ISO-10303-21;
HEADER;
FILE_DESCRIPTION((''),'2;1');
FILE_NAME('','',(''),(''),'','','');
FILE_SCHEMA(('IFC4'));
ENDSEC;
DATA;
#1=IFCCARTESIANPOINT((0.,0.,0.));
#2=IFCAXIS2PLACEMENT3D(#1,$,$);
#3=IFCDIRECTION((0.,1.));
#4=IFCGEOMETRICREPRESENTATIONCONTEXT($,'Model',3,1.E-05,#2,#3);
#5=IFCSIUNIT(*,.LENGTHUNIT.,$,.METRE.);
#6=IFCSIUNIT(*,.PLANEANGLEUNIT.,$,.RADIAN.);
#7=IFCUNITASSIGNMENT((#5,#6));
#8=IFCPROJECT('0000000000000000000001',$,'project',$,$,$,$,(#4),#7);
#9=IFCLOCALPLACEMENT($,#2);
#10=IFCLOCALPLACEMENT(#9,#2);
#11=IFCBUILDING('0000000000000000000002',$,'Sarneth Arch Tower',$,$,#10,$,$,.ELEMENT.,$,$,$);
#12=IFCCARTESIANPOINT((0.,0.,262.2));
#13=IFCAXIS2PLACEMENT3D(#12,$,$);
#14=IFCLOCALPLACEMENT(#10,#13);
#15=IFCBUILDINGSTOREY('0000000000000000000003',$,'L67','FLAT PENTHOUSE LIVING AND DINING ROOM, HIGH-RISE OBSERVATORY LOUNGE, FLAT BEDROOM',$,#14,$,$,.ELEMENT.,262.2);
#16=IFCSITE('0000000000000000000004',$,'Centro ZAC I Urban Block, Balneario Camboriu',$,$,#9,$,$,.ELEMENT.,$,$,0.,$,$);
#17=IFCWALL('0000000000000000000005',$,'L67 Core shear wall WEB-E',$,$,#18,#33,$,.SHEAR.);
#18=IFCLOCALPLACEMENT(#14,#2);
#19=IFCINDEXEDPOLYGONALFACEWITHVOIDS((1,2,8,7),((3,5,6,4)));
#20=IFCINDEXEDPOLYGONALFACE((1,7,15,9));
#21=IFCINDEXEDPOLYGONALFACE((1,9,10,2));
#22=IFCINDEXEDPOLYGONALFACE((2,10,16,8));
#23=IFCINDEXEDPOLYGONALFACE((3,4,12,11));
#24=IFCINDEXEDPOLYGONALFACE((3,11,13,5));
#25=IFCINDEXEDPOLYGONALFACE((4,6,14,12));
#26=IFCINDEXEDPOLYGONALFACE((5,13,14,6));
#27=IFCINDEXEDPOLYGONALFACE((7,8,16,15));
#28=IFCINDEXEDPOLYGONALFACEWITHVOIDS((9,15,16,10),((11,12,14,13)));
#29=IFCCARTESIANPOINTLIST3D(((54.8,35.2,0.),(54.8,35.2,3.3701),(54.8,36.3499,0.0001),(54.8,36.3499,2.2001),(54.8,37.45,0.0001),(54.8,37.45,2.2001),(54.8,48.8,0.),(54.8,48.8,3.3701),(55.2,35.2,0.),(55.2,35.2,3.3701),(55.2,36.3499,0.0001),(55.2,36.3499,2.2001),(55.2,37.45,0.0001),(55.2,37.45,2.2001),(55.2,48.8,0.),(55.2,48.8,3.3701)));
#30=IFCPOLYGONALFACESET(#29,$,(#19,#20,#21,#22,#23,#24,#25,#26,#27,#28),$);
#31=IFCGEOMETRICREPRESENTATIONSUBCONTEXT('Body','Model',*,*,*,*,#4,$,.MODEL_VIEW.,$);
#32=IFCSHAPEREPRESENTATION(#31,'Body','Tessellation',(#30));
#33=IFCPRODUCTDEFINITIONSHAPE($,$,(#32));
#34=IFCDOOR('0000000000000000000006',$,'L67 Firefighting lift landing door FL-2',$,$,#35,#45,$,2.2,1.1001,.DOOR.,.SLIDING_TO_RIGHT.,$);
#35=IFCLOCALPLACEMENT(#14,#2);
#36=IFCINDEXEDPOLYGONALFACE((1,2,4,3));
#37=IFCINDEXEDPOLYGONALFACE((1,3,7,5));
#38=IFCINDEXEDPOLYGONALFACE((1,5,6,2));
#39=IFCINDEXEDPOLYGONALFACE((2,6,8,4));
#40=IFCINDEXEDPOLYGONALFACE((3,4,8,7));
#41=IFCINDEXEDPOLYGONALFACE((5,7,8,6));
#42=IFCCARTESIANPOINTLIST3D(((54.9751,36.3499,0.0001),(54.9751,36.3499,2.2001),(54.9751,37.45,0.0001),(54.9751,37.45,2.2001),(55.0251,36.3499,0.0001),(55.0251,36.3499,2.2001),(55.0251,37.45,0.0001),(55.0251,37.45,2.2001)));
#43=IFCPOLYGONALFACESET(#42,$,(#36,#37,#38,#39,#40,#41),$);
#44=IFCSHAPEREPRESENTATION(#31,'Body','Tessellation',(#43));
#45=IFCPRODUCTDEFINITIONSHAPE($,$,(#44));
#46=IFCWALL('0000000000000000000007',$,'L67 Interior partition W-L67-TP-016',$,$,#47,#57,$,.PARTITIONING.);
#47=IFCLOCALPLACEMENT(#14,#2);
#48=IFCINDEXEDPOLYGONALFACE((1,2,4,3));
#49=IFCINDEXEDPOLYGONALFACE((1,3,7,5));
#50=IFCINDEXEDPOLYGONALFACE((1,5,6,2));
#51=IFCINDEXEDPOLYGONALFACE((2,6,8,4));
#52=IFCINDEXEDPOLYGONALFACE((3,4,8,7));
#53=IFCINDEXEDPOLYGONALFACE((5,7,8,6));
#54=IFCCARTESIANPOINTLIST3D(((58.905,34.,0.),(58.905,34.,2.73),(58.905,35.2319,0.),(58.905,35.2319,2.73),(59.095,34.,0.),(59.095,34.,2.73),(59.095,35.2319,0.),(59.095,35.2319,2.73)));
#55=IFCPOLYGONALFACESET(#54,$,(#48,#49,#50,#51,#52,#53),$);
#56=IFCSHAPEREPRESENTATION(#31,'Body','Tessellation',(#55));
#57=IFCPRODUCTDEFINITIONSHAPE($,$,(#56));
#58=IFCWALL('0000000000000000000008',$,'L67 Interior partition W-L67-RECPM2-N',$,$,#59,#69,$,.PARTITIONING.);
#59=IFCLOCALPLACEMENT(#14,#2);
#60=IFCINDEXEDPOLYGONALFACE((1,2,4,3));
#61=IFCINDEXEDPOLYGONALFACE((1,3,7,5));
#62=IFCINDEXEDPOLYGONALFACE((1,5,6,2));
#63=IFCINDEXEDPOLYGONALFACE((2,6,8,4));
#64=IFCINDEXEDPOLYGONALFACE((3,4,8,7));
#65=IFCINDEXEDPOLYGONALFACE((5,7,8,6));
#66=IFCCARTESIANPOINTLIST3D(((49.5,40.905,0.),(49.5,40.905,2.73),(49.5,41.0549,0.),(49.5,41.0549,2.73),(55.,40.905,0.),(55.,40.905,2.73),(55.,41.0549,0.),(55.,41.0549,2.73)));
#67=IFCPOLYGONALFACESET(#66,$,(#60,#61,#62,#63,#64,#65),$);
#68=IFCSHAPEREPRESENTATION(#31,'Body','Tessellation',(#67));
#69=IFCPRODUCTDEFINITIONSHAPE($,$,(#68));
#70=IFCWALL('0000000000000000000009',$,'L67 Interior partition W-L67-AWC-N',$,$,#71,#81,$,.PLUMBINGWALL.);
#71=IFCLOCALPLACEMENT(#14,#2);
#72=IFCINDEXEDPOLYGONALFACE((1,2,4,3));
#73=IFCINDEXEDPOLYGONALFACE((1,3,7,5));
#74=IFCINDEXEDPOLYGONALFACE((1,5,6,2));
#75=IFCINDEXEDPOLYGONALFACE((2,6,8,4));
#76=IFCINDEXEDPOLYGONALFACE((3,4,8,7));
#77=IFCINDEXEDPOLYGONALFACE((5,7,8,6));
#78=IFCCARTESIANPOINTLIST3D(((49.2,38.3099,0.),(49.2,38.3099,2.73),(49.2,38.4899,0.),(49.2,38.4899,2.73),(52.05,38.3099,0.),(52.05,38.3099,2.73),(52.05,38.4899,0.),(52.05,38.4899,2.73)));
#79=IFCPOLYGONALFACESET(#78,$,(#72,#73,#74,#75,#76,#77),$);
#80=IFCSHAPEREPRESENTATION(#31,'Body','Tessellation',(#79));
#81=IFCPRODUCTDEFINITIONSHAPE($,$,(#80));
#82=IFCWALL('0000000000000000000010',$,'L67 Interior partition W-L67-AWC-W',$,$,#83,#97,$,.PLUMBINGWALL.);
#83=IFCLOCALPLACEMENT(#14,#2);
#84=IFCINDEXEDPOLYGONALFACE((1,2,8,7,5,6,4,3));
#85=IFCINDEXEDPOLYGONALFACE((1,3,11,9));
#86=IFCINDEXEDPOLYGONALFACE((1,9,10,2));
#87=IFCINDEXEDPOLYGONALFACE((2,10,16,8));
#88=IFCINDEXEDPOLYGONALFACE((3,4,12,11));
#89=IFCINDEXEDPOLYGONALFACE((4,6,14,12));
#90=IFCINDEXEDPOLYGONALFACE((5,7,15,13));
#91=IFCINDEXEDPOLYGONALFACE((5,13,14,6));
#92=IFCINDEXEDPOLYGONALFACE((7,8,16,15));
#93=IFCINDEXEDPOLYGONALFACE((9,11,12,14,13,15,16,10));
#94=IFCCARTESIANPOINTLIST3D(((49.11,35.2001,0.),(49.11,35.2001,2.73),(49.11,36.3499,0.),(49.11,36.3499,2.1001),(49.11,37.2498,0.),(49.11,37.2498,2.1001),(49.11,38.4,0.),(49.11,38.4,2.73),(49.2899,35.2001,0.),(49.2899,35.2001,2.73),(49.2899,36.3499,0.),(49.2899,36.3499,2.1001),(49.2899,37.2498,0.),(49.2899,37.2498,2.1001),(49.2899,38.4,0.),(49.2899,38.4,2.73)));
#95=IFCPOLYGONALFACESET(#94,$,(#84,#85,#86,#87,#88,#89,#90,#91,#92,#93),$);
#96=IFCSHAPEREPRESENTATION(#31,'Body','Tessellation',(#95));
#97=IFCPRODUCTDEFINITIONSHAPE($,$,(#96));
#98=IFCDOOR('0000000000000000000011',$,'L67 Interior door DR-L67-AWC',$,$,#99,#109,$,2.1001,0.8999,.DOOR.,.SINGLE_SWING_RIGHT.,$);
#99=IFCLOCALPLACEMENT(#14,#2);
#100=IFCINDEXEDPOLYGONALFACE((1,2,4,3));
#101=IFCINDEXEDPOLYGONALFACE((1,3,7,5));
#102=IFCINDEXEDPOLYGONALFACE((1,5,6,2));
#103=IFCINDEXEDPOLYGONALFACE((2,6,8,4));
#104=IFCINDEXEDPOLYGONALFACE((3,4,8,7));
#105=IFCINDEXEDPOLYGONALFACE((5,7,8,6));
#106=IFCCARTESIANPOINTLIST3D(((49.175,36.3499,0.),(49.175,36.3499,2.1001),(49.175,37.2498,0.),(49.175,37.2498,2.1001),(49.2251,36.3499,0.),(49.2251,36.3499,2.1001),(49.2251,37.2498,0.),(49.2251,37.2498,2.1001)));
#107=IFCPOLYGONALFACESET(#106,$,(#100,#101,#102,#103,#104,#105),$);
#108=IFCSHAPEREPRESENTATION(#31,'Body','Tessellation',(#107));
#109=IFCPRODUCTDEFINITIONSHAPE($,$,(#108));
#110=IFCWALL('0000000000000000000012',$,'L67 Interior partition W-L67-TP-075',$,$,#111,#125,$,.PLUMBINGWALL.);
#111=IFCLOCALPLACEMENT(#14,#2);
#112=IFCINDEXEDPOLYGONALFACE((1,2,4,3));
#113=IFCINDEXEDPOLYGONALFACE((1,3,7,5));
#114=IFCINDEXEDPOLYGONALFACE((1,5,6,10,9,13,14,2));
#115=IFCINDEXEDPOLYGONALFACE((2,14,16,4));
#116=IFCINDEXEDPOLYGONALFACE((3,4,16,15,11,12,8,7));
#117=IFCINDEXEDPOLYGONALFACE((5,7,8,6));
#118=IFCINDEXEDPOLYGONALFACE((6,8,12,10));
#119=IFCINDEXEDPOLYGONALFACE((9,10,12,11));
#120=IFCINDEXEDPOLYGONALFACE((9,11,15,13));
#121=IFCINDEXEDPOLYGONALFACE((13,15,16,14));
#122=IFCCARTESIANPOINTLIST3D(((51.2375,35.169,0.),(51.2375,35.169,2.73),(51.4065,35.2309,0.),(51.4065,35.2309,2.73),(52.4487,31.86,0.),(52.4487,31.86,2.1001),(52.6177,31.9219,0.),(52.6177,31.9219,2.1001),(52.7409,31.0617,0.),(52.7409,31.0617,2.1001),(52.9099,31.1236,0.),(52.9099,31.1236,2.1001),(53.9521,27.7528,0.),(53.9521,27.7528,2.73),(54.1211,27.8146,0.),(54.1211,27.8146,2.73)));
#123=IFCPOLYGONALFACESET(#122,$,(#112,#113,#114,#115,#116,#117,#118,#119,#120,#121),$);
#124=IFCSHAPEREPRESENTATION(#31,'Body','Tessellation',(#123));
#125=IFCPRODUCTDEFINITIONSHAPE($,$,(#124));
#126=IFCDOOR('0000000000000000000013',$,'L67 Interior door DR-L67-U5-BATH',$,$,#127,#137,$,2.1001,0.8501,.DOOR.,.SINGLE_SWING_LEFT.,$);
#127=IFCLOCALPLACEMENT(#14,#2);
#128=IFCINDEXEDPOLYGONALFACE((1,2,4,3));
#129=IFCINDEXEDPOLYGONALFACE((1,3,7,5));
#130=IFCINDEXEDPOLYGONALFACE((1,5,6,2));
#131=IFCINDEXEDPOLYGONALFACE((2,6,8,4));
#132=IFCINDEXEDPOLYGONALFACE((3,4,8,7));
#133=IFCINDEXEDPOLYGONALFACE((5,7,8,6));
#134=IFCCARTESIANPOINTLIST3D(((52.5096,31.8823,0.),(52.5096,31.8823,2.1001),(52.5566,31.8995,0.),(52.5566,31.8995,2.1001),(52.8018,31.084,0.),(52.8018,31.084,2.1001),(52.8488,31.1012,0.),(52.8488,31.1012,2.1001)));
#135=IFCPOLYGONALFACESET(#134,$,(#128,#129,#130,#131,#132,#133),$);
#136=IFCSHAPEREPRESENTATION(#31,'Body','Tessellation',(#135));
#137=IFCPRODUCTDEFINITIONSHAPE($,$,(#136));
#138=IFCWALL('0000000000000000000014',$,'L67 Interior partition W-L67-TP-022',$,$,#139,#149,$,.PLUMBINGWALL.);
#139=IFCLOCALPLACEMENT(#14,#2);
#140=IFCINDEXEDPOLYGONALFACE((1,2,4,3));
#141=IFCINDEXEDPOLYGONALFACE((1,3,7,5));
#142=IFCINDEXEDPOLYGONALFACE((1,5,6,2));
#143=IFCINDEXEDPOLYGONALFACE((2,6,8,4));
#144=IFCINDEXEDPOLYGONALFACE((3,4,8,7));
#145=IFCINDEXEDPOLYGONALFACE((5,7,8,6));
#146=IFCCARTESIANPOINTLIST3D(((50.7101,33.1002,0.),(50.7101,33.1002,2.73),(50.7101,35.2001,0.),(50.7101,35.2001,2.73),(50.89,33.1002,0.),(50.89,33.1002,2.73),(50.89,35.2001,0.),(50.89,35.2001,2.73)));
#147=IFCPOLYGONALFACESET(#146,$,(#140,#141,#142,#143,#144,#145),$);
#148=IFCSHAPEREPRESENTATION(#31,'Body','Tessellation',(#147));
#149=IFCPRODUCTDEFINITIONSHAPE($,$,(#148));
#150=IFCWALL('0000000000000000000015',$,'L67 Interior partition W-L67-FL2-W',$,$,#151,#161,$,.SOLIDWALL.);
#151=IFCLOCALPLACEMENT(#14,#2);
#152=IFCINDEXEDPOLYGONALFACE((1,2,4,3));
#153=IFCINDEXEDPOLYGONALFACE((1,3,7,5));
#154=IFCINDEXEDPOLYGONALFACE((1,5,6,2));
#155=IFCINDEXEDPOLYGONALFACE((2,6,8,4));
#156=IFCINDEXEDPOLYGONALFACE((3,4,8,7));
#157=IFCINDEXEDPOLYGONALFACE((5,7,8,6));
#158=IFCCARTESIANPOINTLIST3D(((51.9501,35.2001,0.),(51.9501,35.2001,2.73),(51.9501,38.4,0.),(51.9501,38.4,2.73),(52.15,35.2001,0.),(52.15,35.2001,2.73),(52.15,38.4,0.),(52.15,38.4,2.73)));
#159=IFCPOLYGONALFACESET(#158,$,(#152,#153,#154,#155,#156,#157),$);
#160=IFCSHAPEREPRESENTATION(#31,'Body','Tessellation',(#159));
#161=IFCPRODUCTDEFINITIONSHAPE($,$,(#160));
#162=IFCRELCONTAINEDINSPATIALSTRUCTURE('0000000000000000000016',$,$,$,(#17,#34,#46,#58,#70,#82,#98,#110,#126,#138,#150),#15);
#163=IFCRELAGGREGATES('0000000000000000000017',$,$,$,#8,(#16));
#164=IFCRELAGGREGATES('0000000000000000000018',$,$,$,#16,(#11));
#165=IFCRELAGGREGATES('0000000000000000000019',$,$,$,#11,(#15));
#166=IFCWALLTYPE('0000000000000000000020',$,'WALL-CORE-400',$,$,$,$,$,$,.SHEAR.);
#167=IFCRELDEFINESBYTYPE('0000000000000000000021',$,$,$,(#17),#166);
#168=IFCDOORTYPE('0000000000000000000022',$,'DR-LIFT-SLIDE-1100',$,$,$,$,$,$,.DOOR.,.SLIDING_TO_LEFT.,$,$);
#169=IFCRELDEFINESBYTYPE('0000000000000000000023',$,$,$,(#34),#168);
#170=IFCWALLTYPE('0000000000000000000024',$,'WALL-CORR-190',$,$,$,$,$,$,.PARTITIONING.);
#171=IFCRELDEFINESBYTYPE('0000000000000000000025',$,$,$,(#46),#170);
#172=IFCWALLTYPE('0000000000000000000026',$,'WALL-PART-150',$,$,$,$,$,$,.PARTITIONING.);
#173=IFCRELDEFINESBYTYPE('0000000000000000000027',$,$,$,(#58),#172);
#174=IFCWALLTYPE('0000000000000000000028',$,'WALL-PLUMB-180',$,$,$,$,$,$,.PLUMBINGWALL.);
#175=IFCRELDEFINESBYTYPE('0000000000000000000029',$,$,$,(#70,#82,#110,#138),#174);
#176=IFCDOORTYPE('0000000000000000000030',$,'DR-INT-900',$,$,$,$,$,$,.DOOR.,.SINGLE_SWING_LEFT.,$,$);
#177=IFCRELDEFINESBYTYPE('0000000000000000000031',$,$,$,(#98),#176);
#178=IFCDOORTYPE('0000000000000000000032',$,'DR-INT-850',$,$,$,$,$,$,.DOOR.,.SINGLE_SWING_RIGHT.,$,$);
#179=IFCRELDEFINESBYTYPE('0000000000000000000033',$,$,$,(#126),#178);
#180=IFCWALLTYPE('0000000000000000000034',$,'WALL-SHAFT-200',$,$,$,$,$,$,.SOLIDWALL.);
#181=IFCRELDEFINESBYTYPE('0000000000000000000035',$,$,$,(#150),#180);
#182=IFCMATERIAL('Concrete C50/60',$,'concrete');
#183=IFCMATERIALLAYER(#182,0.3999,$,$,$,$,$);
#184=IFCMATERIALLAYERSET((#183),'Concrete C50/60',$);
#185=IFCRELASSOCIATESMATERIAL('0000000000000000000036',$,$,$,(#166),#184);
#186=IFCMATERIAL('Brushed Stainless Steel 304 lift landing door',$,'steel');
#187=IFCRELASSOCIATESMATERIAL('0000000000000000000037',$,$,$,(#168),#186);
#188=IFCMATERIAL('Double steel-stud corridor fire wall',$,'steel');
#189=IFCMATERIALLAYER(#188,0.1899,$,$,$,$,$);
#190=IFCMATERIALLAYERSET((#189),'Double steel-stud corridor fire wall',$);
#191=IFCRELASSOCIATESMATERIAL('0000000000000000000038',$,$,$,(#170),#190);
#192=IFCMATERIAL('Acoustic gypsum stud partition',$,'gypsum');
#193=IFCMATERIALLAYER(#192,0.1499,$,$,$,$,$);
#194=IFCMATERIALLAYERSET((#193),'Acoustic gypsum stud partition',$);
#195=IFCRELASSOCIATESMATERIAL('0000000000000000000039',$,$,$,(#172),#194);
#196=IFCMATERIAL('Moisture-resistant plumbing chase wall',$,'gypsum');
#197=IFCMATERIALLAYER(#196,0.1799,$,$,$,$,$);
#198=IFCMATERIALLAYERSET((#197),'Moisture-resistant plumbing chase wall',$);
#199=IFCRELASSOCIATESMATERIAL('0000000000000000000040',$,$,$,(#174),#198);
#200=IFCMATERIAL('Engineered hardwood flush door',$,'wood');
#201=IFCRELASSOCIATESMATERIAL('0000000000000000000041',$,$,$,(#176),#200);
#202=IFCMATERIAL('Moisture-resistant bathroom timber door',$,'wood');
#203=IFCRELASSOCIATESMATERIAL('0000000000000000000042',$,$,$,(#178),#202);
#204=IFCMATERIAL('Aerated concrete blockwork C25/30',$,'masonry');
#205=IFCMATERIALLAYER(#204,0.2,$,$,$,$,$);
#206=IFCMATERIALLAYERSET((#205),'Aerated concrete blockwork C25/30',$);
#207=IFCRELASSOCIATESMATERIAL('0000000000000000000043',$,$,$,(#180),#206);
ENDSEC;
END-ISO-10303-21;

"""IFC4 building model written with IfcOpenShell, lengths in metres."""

from ifc_helpers import new_model, si_unit, direction, frame, frame_2d, origin, place, context, subcontext, project, spatial, rectangle, extrude, material, layer, layer_set, type_object, element, fill, save


model = new_model("IFC4")

# Units and contexts
model_context = context("Model", 3, precision=1e-05, world=origin(), true_north=direction((0.0, 1.0)))
body_context = subcontext(model_context, "Body", "Model", "MODEL_VIEW")
ifc_project = project(units=[si_unit("LENGTHUNIT", "METRE"), si_unit("PLANEANGLEUNIT", "RADIAN")], contexts=[model_context])

# Site, building, storey
site_placement = place(None, origin())
site = spatial("IfcSite", under=ifc_project, at=site_placement, Name="Centro ZAC I Urban Block, Balneario Camboriu", CompositionType="ELEMENT", RefElevation=0.0)
building_placement = place(site_placement, origin())
building = spatial("IfcBuilding", under=site, at=building_placement, Name="Sarneth Arch Tower", CompositionType="ELEMENT")
storey_placement = place(building_placement, frame((0.0, 0.0, 262.2)))
storey = spatial("IfcBuildingStorey", under=building, at=storey_placement, Name="L67", Description="FLAT PENTHOUSE LIVING AND DINING ROOM, HIGH-RISE OBSERVATORY LOUNGE, FLAT BEDROOM", CompositionType="ELEMENT", Elevation=262.2)

# Shared definitions
ifc_material_1 = material(Name="Concrete C50/60", Category="concrete")
ifc_layer_1 = layer(ifc_material_1, 0.3999)
ifc_layer_set_1 = layer_set([ifc_layer_1], Name="Concrete C50/60")
wall_type_1 = type_object("IfcWallType", Name="WALL-CORE-400", PredefinedType="SHEAR", material=ifc_layer_set_1)

# Wall, opening, door
wall_1_placement = place(storey_placement, frame((55.0, 35.2, 0.0), z_axis=(0.0, 0.0, 1.0), x_axis=(0.0, 1.0, 0.0)))
wall_1 = element("IfcWall", 1, at=wall_1_placement, inside=storey, type_object=wall_type_1, Name="L67 Core shear wall WEB-E", PredefinedType="SHEAR", context=body_context, shape_type="SweptSolid", body=[
    extrude(rectangle(XDim=13.6001, YDim=0.3999, at=frame_2d((6.8, 0.0))), origin(), (0.0, 0.0, 1.0), 3.3701),
])
opening_1_placement = place(wall_1_placement, frame((1.1499, 0.0, 0.0)))
opening_1 = element("IfcOpeningElement", 2, at=opening_1_placement, cuts=wall_1, PredefinedType="OPENING", context=body_context, shape_type="SweptSolid", body=[
    extrude(rectangle(XDim=1.1001, YDim=2.2, at=frame_2d((0.55, 1.1001))), frame((0.0, 0.21, 0.0), z_axis=(0.0, -1.0, 0.0), x_axis=(1.0, 0.0, 0.0)), (0.0, 0.0, 1.0), 0.4199),
])
ifc_material_2 = material(Name="Brushed Stainless Steel 304 lift landing door", Category="steel")
door_type_1 = type_object("IfcDoorType", Name="DR-LIFT-SLIDE-1100", OperationType="SLIDING_TO_LEFT", PredefinedType="DOOR", material=ifc_material_2)
door_1_placement = place(opening_1_placement, origin())
door_1 = element("IfcDoor", 3, at=door_1_placement, inside=storey, type_object=door_type_1, Name="L67 Firefighting lift landing door FL-2", OperationType="SLIDING_TO_RIGHT", OverallHeight=2.2, OverallWidth=1.1001, PredefinedType="DOOR", context=body_context, shape_type="SweptSolid", body=[
    extrude(rectangle(XDim=1.1001, YDim=2.2, at=frame_2d((0.55, 1.1001))), frame((0.0, 0.0249, 0.0), z_axis=(0.0, -1.0, 0.0), x_axis=(1.0, 0.0, 0.0)), (0.0, 0.0, 1.0), 0.05),
])
fill(opening_1, door_1)

# Walls
ifc_material_3 = material(Name="Double steel-stud corridor fire wall", Category="steel")
ifc_layer_2 = layer(ifc_material_3, 0.1899)
ifc_layer_set_2 = layer_set([ifc_layer_2], Name="Double steel-stud corridor fire wall")
wall_type_2 = type_object("IfcWallType", Name="WALL-CORR-190", PredefinedType="PARTITIONING", material=ifc_layer_set_2)
wall_2_placement = place(storey_placement, frame((59.0, 34.0, 0.0), z_axis=(0.0, 0.0, 1.0), x_axis=(0.0, 1.0, 0.0)))
element("IfcWall", 4, at=wall_2_placement, inside=storey, type_object=wall_type_2, Name="L67 Interior partition W-L67-TP-016", PredefinedType="PARTITIONING", context=body_context, shape_type="SweptSolid", body=[
    extrude(rectangle(XDim=1.2319, YDim=0.1899, at=frame_2d((0.616, 0.0))), origin(), (0.0, 0.0, 1.0), 2.73),
])
ifc_material_4 = material(Name="Acoustic gypsum stud partition", Category="gypsum")
ifc_layer_3 = layer(ifc_material_4, 0.1499)
ifc_layer_set_3 = layer_set([ifc_layer_3], Name="Acoustic gypsum stud partition")
wall_type_3 = type_object("IfcWallType", Name="WALL-PART-150", PredefinedType="PARTITIONING", material=ifc_layer_set_3)
wall_3_placement = place(storey_placement, frame((49.5, 40.98, 0.0), z_axis=(0.0, 0.0, 1.0), x_axis=(1.0, 0.0, 0.0)))
element("IfcWall", 5, at=wall_3_placement, inside=storey, type_object=wall_type_3, Name="L67 Interior partition W-L67-RECPM2-N", PredefinedType="PARTITIONING", context=body_context, shape_type="SweptSolid", body=[
    extrude(rectangle(XDim=5.5, YDim=0.1499, at=frame_2d((2.75, 0.0))), origin(), (0.0, 0.0, 1.0), 2.73),
])

# Wall
ifc_material_5 = material(Name="Moisture-resistant plumbing chase wall", Category="gypsum")
ifc_layer_4 = layer(ifc_material_5, 0.1799)
ifc_layer_set_4 = layer_set([ifc_layer_4], Name="Moisture-resistant plumbing chase wall")
wall_type_4 = type_object("IfcWallType", Name="WALL-PLUMB-180", PredefinedType="PLUMBINGWALL", material=ifc_layer_set_4)
wall_4_placement = place(storey_placement, frame((49.2, 38.3999, 0.0), z_axis=(0.0, 0.0, 1.0), x_axis=(1.0, 0.0, 0.0)))
element("IfcWall", 6, at=wall_4_placement, inside=storey, type_object=wall_type_4, Name="L67 Interior partition W-L67-AWC-N", PredefinedType="PLUMBINGWALL", context=body_context, shape_type="SweptSolid", body=[
    extrude(rectangle(XDim=2.8501, YDim=0.1799, at=frame_2d((1.425, 0.0))), origin(), (0.0, 0.0, 1.0), 2.73),
])

# Walls, openings, doors
wall_5_placement = place(storey_placement, frame((49.2, 35.2, 0.0), z_axis=(0.0, 0.0, 1.0), x_axis=(0.0, 1.0, 0.0)))
wall_5 = element("IfcWall", 7, at=wall_5_placement, inside=storey, type_object=wall_type_4, Name="L67 Interior partition W-L67-AWC-W", PredefinedType="PLUMBINGWALL", context=body_context, shape_type="SweptSolid", body=[
    extrude(rectangle(XDim=3.2, YDim=0.1799, at=frame_2d((1.6001, 0.0))), origin(), (0.0, 0.0, 1.0), 2.73),
])
opening_2_placement = place(wall_5_placement, frame((1.1499, 0.0, 0.0)))
opening_2 = element("IfcOpeningElement", 8, at=opening_2_placement, cuts=wall_5, PredefinedType="OPENING", context=body_context, shape_type="SweptSolid", body=[
    extrude(rectangle(XDim=0.8999, YDim=2.1001, at=frame_2d((0.45, 1.05))), frame((0.0, 0.0999, 0.0), z_axis=(0.0, -1.0, 0.0), x_axis=(1.0, 0.0, 0.0)), (0.0, 0.0, 1.0), 0.2),
])
ifc_material_6 = material(Name="Engineered hardwood flush door", Category="wood")
door_type_2 = type_object("IfcDoorType", Name="DR-INT-900", OperationType="SINGLE_SWING_LEFT", PredefinedType="DOOR", material=ifc_material_6)
door_2_placement = place(opening_2_placement, origin())
door_2 = element("IfcDoor", 9, at=door_2_placement, inside=storey, type_object=door_type_2, Name="L67 Interior door DR-L67-AWC", OperationType="SINGLE_SWING_RIGHT", OverallHeight=2.1001, OverallWidth=0.8999, PredefinedType="DOOR", context=body_context, shape_type="SweptSolid", body=[
    extrude(rectangle(XDim=0.8999, YDim=2.1001, at=frame_2d((0.45, 1.05))), frame((0.0, 0.0249, 0.0), z_axis=(0.0, -1.0, 0.0), x_axis=(1.0, 0.0, 0.0)), (0.0, 0.0, 1.0), 0.05),
])
fill(opening_2, door_2)
wall_6_placement = place(storey_placement, frame((51.322, 35.2, 0.0), z_axis=(0.0, 0.0, 1.0), x_axis=(0.34373, -0.939068, 0.0)))
wall_6 = element("IfcWall", 10, at=wall_6_placement, inside=storey, type_object=wall_type_4, Name="L67 Interior partition W-L67-TP-075", PredefinedType="PLUMBINGWALL", context=body_context, shape_type="SweptSolid", body=[
    extrude(rectangle(XDim=7.8975, YDim=0.1799, at=frame_2d((3.9487, 0.0))), origin(), (0.0, 0.0, 1.0), 2.73),
])
opening_3_placement = place(wall_6_placement, frame((3.5237, 0.0, 0.0)))
opening_3 = element("IfcOpeningElement", 11, at=opening_3_placement, cuts=wall_6, PredefinedType="OPENING", context=body_context, shape_type="SweptSolid", body=[
    extrude(rectangle(XDim=0.8501, YDim=2.1001, at=frame_2d((0.425, 1.05))), frame((0.0, 0.0999, 0.0), z_axis=(0.0, -1.0, 0.0), x_axis=(1.0, 0.0, 0.0)), (0.0, 0.0, 1.0), 0.2),
])
ifc_material_7 = material(Name="Moisture-resistant bathroom timber door", Category="wood")
door_type_3 = type_object("IfcDoorType", Name="DR-INT-850", OperationType="SINGLE_SWING_RIGHT", PredefinedType="DOOR", material=ifc_material_7)
door_3_placement = place(opening_3_placement, origin())
door_3 = element("IfcDoor", 12, at=door_3_placement, inside=storey, type_object=door_type_3, Name="L67 Interior door DR-L67-U5-BATH", OperationType="SINGLE_SWING_LEFT", OverallHeight=2.1001, OverallWidth=0.8501, PredefinedType="DOOR", context=body_context, shape_type="SweptSolid", body=[
    extrude(rectangle(XDim=0.8501, YDim=2.1001, at=frame_2d((0.425, 1.05))), frame((0.0, 0.0249, 0.0), z_axis=(0.0, -1.0, 0.0), x_axis=(1.0, 0.0, 0.0)), (0.0, 0.0, 1.0), 0.05),
])
fill(opening_3, door_3)

# Wall
wall_7_placement = place(storey_placement, frame((50.8, 35.2, 0.0), z_axis=(0.0, 0.0, 1.0), x_axis=(0.0, -1.0, 0.0)))
element("IfcWall", 13, at=wall_7_placement, inside=storey, type_object=wall_type_4, Name="L67 Interior partition W-L67-TP-022", PredefinedType="PLUMBINGWALL", context=body_context, shape_type="SweptSolid", body=[
    extrude(rectangle(XDim=2.0999, YDim=0.1799, at=frame_2d((1.0498, 0.0))), origin(), (0.0, 0.0, 1.0), 2.73),
])

# Shared definitions
ifc_material_8 = material(Name="Aerated concrete blockwork C25/30", Category="masonry")
ifc_layer_5 = layer(ifc_material_8, 0.2)
ifc_layer_set_5 = layer_set([ifc_layer_5], Name="Aerated concrete blockwork C25/30")
wall_type_5 = type_object("IfcWallType", Name="WALL-SHAFT-200", PredefinedType="SOLIDWALL", material=ifc_layer_set_5)

# Wall
wall_8_placement = place(storey_placement, frame((52.05, 35.2, 0.0), z_axis=(0.0, 0.0, 1.0), x_axis=(0.0, 1.0, 0.0)))
element("IfcWall", 14, at=wall_8_placement, inside=storey, type_object=wall_type_5, Name="L67 Interior partition W-L67-FL2-W", PredefinedType="SOLIDWALL", context=body_context, shape_type="SweptSolid", body=[
    extrude(rectangle(XDim=3.2, YDim=0.2, at=frame_2d((1.6001, 0.0))), origin(), (0.0, 0.0, 1.0), 2.73),
])

save(model, "model.ifc")
